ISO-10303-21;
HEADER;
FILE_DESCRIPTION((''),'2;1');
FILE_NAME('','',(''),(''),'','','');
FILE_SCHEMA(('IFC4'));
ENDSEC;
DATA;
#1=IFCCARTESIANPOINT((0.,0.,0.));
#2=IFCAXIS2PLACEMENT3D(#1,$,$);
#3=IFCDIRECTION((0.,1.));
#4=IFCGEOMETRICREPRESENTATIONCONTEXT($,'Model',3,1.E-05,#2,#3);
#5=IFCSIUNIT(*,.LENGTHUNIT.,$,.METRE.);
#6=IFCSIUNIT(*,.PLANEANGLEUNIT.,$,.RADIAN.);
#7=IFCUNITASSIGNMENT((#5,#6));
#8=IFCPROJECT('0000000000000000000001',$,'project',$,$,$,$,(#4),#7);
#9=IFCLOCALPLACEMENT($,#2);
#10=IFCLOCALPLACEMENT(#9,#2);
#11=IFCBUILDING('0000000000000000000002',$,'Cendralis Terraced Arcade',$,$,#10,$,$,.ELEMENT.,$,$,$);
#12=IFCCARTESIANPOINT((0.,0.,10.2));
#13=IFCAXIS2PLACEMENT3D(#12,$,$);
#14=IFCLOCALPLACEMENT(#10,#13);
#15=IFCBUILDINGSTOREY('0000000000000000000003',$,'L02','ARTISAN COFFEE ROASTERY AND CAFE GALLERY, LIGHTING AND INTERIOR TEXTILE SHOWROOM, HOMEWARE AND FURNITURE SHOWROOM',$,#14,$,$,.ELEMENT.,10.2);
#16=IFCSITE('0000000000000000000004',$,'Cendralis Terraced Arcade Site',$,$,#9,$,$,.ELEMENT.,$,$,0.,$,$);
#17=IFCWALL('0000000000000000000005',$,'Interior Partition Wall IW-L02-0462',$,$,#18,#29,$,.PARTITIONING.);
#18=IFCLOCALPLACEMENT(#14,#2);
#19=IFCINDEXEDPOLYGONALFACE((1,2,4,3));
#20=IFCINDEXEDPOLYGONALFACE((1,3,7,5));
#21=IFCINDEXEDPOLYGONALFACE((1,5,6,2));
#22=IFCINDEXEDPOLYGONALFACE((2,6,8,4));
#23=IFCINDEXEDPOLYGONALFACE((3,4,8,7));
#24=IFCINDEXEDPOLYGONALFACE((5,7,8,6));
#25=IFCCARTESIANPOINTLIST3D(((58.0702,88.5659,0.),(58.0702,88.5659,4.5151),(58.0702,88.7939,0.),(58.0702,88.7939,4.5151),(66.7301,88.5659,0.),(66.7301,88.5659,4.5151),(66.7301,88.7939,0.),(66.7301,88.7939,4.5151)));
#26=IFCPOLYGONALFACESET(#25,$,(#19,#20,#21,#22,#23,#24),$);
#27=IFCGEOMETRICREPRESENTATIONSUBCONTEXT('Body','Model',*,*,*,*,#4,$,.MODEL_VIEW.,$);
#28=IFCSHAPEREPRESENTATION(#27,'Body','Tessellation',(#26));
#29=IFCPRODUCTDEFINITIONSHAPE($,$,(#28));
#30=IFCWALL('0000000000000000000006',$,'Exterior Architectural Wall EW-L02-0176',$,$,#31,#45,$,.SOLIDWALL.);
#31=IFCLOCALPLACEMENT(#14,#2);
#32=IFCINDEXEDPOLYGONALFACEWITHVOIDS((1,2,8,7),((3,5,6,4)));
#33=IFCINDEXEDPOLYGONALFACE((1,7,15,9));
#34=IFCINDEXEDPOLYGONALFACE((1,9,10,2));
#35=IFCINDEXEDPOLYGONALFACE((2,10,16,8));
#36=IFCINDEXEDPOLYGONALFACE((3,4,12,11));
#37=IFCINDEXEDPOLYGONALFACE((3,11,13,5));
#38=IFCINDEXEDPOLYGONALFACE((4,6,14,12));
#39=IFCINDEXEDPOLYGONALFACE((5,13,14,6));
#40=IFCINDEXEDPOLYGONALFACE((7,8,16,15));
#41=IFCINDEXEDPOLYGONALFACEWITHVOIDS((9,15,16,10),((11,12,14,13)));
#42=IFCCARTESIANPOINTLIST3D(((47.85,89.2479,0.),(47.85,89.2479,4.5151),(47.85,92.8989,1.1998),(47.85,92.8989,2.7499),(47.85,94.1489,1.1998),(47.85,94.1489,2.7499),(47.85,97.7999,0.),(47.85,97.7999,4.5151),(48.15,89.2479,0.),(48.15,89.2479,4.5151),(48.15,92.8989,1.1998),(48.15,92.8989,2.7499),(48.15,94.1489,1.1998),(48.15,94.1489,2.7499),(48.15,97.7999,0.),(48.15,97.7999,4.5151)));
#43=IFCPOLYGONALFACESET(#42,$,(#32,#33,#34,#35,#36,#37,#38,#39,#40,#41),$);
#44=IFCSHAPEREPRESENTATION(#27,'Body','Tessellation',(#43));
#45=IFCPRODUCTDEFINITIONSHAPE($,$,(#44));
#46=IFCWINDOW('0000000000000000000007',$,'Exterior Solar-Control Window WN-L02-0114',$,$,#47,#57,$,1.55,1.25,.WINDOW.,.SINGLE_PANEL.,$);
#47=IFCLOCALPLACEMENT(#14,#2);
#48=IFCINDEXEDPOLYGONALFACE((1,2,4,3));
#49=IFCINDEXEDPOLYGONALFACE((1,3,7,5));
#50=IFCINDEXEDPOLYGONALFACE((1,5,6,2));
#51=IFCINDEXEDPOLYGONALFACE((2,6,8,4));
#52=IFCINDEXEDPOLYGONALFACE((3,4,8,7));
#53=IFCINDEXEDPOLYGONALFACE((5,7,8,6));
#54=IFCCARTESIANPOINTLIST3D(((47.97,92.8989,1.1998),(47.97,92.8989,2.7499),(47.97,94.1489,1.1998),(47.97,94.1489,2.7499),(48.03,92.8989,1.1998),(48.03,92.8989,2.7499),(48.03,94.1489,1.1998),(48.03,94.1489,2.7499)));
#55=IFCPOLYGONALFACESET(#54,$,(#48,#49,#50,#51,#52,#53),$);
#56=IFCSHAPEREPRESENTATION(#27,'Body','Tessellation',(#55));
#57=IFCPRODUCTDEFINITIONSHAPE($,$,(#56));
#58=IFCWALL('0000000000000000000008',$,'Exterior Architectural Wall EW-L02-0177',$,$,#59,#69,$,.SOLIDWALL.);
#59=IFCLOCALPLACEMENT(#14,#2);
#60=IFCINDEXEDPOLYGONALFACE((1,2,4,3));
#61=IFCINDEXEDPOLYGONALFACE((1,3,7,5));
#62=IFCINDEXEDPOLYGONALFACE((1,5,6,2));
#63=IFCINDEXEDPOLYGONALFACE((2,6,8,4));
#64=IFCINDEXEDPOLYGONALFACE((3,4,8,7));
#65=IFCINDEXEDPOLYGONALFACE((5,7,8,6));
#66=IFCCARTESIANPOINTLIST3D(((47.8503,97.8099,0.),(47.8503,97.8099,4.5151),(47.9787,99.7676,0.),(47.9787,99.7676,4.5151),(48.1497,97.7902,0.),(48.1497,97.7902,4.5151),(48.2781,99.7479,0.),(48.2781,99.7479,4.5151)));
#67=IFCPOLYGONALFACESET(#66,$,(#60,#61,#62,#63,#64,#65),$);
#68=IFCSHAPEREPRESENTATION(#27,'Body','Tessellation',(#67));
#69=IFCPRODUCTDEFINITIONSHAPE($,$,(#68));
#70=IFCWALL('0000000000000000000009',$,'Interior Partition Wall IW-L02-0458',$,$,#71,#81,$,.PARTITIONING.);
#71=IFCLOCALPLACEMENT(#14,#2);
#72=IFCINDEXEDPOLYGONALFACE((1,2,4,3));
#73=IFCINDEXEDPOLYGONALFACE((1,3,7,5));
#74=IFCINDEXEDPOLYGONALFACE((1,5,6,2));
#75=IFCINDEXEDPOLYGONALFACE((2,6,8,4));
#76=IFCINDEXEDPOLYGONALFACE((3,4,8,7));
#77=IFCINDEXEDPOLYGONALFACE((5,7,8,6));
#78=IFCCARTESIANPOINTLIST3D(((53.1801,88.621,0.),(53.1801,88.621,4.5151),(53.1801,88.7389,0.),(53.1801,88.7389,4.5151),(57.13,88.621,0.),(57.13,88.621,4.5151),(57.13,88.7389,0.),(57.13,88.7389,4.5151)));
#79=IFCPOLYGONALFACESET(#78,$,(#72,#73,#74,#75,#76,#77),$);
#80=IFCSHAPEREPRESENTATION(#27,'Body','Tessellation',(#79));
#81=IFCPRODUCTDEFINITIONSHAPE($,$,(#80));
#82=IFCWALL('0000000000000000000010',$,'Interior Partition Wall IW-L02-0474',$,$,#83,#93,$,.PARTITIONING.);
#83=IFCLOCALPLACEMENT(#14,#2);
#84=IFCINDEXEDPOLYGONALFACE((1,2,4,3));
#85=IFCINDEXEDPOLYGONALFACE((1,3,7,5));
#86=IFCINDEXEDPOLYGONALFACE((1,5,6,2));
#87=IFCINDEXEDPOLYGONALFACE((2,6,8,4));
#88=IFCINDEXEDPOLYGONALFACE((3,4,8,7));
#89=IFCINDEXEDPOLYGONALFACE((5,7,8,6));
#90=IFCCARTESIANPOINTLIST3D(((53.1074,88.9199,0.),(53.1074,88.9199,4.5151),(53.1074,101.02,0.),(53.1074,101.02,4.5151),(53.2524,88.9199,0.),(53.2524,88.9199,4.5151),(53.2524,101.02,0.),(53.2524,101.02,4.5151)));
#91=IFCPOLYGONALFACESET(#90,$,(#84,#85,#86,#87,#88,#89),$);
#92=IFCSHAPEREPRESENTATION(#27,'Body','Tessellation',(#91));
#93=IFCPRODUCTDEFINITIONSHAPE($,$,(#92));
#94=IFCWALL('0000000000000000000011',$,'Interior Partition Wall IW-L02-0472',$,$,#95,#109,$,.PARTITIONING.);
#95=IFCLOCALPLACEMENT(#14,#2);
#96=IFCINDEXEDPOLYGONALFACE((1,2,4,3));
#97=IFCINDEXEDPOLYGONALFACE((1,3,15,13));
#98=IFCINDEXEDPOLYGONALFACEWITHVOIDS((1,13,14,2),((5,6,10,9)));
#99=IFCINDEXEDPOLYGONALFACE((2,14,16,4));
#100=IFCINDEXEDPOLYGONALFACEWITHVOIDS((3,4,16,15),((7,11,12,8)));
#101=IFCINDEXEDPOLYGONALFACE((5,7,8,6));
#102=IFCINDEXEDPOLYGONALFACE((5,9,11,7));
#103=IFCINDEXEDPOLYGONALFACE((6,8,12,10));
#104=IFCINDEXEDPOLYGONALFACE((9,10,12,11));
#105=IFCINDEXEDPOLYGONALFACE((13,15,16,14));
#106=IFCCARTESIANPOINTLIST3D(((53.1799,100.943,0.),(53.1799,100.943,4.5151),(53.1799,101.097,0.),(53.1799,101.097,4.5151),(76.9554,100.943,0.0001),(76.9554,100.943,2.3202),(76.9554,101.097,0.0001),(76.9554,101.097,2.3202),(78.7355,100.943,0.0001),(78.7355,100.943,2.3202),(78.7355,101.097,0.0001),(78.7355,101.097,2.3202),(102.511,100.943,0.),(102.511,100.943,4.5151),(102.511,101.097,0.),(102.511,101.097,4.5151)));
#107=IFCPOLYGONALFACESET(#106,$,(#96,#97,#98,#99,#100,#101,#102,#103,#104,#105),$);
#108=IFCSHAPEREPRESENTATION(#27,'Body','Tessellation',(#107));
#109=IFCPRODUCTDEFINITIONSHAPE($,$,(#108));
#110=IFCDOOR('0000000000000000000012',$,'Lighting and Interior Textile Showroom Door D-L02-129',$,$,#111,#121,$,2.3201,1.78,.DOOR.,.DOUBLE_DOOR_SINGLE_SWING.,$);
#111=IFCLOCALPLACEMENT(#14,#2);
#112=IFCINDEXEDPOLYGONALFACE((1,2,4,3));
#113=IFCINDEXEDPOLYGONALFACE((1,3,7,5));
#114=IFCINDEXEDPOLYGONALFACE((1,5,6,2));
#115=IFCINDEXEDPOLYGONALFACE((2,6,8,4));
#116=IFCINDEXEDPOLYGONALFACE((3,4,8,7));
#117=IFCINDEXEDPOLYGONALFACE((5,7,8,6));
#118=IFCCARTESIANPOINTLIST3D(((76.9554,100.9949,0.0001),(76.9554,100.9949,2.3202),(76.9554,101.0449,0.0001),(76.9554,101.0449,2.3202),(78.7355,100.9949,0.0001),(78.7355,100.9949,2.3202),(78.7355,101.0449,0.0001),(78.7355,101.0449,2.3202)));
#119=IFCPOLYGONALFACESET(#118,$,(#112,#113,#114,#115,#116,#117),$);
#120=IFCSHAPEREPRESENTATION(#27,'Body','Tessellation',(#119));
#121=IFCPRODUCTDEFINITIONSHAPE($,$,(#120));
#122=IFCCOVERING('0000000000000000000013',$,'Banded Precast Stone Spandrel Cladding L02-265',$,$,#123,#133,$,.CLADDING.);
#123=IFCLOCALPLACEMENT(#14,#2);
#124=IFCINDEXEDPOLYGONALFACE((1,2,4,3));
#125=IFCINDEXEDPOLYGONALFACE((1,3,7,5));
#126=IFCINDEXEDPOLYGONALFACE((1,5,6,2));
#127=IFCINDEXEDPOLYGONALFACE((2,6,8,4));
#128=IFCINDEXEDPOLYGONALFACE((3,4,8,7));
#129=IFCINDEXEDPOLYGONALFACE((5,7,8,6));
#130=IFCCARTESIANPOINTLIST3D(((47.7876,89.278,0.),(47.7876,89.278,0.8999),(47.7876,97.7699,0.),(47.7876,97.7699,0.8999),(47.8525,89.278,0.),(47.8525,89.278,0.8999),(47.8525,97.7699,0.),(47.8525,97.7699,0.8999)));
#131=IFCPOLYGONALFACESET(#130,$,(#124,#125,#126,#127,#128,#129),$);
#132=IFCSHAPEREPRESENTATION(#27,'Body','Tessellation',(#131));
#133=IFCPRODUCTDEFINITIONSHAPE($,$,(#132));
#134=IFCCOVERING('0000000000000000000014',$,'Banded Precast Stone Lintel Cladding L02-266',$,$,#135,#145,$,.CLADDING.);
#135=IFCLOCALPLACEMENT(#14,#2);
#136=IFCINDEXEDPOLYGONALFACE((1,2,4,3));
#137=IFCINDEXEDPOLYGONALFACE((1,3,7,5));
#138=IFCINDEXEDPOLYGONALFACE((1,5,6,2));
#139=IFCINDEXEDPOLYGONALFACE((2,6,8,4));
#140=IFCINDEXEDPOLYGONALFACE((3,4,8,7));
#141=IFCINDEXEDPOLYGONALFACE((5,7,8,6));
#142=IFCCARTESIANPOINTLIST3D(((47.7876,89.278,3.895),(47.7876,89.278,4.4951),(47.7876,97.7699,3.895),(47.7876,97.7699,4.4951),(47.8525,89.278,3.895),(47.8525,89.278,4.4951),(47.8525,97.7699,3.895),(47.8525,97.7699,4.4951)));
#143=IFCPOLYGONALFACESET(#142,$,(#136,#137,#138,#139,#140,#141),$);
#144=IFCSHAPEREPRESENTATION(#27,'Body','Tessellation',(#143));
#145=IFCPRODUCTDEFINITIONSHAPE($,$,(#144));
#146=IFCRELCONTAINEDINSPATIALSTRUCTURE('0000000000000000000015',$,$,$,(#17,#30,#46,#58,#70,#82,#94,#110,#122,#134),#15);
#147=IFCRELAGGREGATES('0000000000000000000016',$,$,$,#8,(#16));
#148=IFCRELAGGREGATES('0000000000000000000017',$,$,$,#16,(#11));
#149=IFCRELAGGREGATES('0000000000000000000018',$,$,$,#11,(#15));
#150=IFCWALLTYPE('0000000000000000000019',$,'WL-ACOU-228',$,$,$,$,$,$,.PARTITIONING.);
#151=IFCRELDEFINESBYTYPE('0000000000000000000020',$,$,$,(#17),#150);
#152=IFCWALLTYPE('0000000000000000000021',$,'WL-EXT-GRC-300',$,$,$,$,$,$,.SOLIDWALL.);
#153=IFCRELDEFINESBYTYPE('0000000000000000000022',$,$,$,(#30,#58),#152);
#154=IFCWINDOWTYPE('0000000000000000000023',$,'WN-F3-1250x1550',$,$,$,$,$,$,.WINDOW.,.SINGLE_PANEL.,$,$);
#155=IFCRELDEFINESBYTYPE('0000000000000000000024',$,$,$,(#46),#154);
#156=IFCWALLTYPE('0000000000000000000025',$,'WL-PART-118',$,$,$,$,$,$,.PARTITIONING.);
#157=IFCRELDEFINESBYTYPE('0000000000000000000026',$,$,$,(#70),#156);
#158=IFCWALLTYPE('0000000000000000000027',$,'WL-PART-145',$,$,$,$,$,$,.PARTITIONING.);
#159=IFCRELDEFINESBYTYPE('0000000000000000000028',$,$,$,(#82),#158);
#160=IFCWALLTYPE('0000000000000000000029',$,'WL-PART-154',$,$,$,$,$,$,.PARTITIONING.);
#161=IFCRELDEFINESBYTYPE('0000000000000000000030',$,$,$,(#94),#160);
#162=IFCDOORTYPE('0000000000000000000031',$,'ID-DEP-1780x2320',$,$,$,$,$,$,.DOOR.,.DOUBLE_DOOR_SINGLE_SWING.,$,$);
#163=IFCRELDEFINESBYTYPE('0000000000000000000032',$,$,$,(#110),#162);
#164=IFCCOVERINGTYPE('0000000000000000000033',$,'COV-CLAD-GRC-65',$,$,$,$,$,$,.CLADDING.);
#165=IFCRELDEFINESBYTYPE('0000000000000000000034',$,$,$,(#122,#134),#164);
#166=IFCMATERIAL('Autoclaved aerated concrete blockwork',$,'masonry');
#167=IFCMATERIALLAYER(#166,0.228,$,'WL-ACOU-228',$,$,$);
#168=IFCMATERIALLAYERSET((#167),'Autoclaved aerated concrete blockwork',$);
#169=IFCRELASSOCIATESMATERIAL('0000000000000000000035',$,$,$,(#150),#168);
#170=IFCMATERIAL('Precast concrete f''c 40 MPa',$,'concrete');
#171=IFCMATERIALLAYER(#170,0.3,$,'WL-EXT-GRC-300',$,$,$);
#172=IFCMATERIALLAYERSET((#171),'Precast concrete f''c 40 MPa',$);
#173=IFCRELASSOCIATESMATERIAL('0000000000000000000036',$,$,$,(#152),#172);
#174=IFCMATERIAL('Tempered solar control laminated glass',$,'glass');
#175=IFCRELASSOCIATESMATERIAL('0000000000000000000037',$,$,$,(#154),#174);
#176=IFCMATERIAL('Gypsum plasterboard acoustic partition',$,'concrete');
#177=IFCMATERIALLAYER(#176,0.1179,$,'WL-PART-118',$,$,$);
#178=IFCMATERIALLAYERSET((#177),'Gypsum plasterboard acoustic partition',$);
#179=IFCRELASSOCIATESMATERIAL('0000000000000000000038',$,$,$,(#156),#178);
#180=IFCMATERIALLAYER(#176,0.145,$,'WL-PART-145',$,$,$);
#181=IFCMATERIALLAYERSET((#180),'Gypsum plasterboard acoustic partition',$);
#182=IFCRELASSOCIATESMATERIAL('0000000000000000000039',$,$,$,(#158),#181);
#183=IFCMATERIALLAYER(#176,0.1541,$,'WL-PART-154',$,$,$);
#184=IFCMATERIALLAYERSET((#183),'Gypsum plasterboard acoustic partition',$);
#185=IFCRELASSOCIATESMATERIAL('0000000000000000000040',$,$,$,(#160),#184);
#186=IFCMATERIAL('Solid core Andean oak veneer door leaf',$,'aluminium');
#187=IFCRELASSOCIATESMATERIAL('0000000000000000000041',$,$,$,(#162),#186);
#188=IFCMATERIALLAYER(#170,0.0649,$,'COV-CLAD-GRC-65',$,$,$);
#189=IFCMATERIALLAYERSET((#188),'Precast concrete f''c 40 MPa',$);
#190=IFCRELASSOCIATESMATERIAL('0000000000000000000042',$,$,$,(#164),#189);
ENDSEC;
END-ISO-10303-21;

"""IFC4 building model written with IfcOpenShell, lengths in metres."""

from ifc_helpers import new_model, si_unit, direction, frame, frame_2d, origin, origin_2d, place, context, subcontext, project, spatial, rectangle, extrude, material, layer, layer_set, type_object, element, fill, save


model = new_model("IFC4")

# Units and contexts
model_context = context("Model", 3, precision=1e-05, world=origin(), true_north=direction((0.0, 1.0)))
body_context = subcontext(model_context, "Body", "Model", "MODEL_VIEW")
ifc_project = project(units=[si_unit("LENGTHUNIT", "METRE"), si_unit("PLANEANGLEUNIT", "RADIAN")], contexts=[model_context])

# Site, building, storey
site_placement = place(None, origin())
site = spatial("IfcSite", under=ifc_project, at=site_placement, Name="Cendralis Terraced Arcade Site", CompositionType="ELEMENT", RefElevation=0.0)
building_placement = place(site_placement, origin())
building = spatial("IfcBuilding", under=site, at=building_placement, Name="Cendralis Terraced Arcade", CompositionType="ELEMENT")
storey_placement = place(building_placement, frame((0.0, 0.0, 10.2)))
storey = spatial("IfcBuildingStorey", under=building, at=storey_placement, Name="L02", Description="ARTISAN COFFEE ROASTERY AND CAFE GALLERY, LIGHTING AND INTERIOR TEXTILE SHOWROOM, HOMEWARE AND FURNITURE SHOWROOM", CompositionType="ELEMENT", Elevation=10.2)

# Shared definitions
ifc_material_1 = material(Name="Tempered solar control laminated glass", Category="glass")

# Shared definitions
ifc_material_2 = material(Name="Gypsum plasterboard acoustic partition", Category="concrete")
ifc_material_3 = material(Name="Solid core Andean oak veneer door leaf", Category="aluminium")

# Wall
ifc_material_4 = material(Name="Autoclaved aerated concrete blockwork", Category="masonry")
ifc_layer_1 = layer(ifc_material_4, 0.228, Name="WL-ACOU-228")
ifc_layer_set_1 = layer_set([ifc_layer_1], Name="Autoclaved aerated concrete blockwork")
wall_type_1 = type_object("IfcWallType", Name="WL-ACOU-228", PredefinedType="PARTITIONING", material=ifc_layer_set_1)
wall_1_placement = place(storey_placement, frame((58.0701, 88.6799, 0.0), z_axis=(0.0, 0.0, 1.0), x_axis=(1.0, 0.0, 0.0)))
element("IfcWall", 1, at=wall_1_placement, inside=storey, type_object=wall_type_1, Name="Interior Partition Wall IW-L02-0462", PredefinedType="PARTITIONING", context=body_context, shape_type="SweptSolid", body=[
    extrude(rectangle(XDim=8.6599, YDim=0.228, at=frame_2d((4.3301, 0.0))), origin(), (0.0, 0.0, 1.0), 4.5151),
])

# Wall, opening, window
ifc_material_5 = material(Name="Precast concrete f'c 40 MPa", Category="concrete")
ifc_layer_2 = layer(ifc_material_5, 0.3, Name="WL-EXT-GRC-300")
ifc_layer_set_2 = layer_set([ifc_layer_2], Name="Precast concrete f'c 40 MPa")
wall_type_2 = type_object("IfcWallType", Name="WL-EXT-GRC-300", PredefinedType="SOLIDWALL", material=ifc_layer_set_2)
wall_2_placement = place(storey_placement, frame((48.0, 89.248, 0.0), z_axis=(0.0, 0.0, 1.0), x_axis=(0.0, 1.0, 0.0)))
wall_2 = element("IfcWall", 2, at=wall_2_placement, inside=storey, type_object=wall_type_2, Name="Exterior Architectural Wall EW-L02-0176", PredefinedType="SOLIDWALL", context=body_context, shape_type="SweptSolid", body=[
    extrude(rectangle(XDim=8.552, YDim=0.3, at=frame_2d((4.2759, 0.0))), origin(), (0.0, 0.0, 1.0), 4.5151),
])
opening_1_placement = place(wall_2_placement, frame((3.6509, 0.0, 1.2)))
opening_1 = element("IfcOpeningElement", 3, at=opening_1_placement, cuts=wall_2, PredefinedType="OPENING", context=body_context, shape_type="SweptSolid", body=[
    extrude(rectangle(XDim=1.25, YDim=1.55, at=frame_2d((0.625, 0.7749))), frame((0.0, 0.1621, 0.0), z_axis=(0.0, -1.0, 0.0), x_axis=(1.0, 0.0, 0.0)), (0.0, 0.0, 1.0), 0.324),
])
window_type = type_object("IfcWindowType", Name="WN-F3-1250x1550", PartitioningType="SINGLE_PANEL", PredefinedType="WINDOW", material=ifc_material_1)
window_placement = place(opening_1_placement, origin())
window = element("IfcWindow", 4, at=window_placement, inside=storey, type_object=window_type, Name="Exterior Solar-Control Window WN-L02-0114", OverallHeight=1.55, OverallWidth=1.25, PartitioningType="SINGLE_PANEL", PredefinedType="WINDOW", context=body_context, shape_type="SweptSolid", body=[
    extrude(rectangle(XDim=1.25, YDim=1.55, at=frame_2d((0.625, 0.7749))), frame((0.0, 0.03, 0.0), z_axis=(0.0, -1.0, 0.0), x_axis=(1.0, 0.0, 0.0)), (0.0, 0.0, 1.0), 0.0601),
])
fill(opening_1, window)

# Walls
wall_3_placement = place(storey_placement, frame((48.0, 97.8, 0.0), z_axis=(0.0, 0.0, 1.0), x_axis=(0.065454, 0.997856, 0.0)))
element("IfcWall", 5, at=wall_3_placement, inside=storey, type_object=wall_type_2, Name="Exterior Architectural Wall EW-L02-0177", PredefinedType="SOLIDWALL", context=body_context, shape_type="SweptSolid", body=[
    extrude(rectangle(XDim=1.9619, YDim=0.3, at=frame_2d((0.981, 0.0))), origin(), (0.0, 0.0, 1.0), 4.5151),
])
ifc_layer_3 = layer(ifc_material_2, 0.1179, Name="WL-PART-118")
ifc_layer_set_3 = layer_set([ifc_layer_3], Name="Gypsum plasterboard acoustic partition")
wall_type_3 = type_object("IfcWallType", Name="WL-PART-118", PredefinedType="PARTITIONING", material=ifc_layer_set_3)
wall_4_placement = place(storey_placement, frame((53.1799, 88.6799, 0.0), z_axis=(0.0, 0.0, 1.0), x_axis=(1.0, 0.0, 0.0)))
element("IfcWall", 6, at=wall_4_placement, inside=storey, type_object=wall_type_3, Name="Interior Partition Wall IW-L02-0458", PredefinedType="PARTITIONING", context=body_context, shape_type="SweptSolid", body=[
    extrude(rectangle(XDim=3.95, YDim=0.1179, at=frame_2d((1.9751, 0.0))), origin(), (0.0, 0.0, 1.0), 4.5151),
])
ifc_layer_4 = layer(ifc_material_2, 0.145, Name="WL-PART-145")
ifc_layer_set_4 = layer_set([ifc_layer_4], Name="Gypsum plasterboard acoustic partition")
wall_type_4 = type_object("IfcWallType", Name="WL-PART-145", PredefinedType="PARTITIONING", material=ifc_layer_set_4)
wall_5_placement = place(storey_placement, frame((53.1799, 88.9199, 0.0), z_axis=(0.0, 0.0, 1.0), x_axis=(0.0, 1.0, 0.0)))
element("IfcWall", 7, at=wall_5_placement, inside=storey, type_object=wall_type_4, Name="Interior Partition Wall IW-L02-0474", PredefinedType="PARTITIONING", context=body_context, shape_type="SweptSolid", body=[
    extrude(rectangle(XDim=12.1001, YDim=0.145, at=frame_2d((6.05, 0.0))), origin(), (0.0, 0.0, 1.0), 4.5151),
])

# Wall, opening, door
ifc_layer_5 = layer(ifc_material_2, 0.1541, Name="WL-PART-154")
ifc_layer_set_5 = layer_set([ifc_layer_5], Name="Gypsum plasterboard acoustic partition")
wall_type_5 = type_object("IfcWallType", Name="WL-PART-154", PredefinedType="PARTITIONING", material=ifc_layer_set_5)
wall_6_placement = place(storey_placement, frame((53.1799, 101.02, 0.0), z_axis=(0.0, 0.0, 1.0), x_axis=(1.0, 0.0, 0.0)))
wall_6 = element("IfcWall", 8, at=wall_6_placement, inside=storey, type_object=wall_type_5, Name="Interior Partition Wall IW-L02-0472", PredefinedType="PARTITIONING", context=body_context, shape_type="SweptSolid", body=[
    extrude(rectangle(XDim=49.3311, YDim=0.1541, at=frame_2d((24.6655, 0.0))), origin(), (0.0, 0.0, 1.0), 4.5151),
])
opening_2_placement = place(wall_6_placement, frame((23.7754, 0.0, 0.0)))
opening_2 = element("IfcOpeningElement", 9, at=opening_2_placement, cuts=wall_6, PredefinedType="OPENING", context=body_context, shape_type="SweptSolid", body=[
    extrude(rectangle(XDim=1.78, YDim=2.3201, at=frame_2d((0.8901, 1.1602))), frame((0.0, 0.0889, 0.0), z_axis=(0.0, -1.0, 0.0), x_axis=(1.0, 0.0, 0.0)), (0.0, 0.0, 1.0), 0.178),
])
door_type_1 = type_object("IfcDoorType", Name="ID-DEP-1780x2320", OperationType="DOUBLE_DOOR_SINGLE_SWING", PredefinedType="DOOR", material=ifc_material_3)
door_1_placement = place(opening_2_placement, origin())
door_1 = element("IfcDoor", 10, at=door_1_placement, inside=storey, type_object=door_type_1, Name="Lighting and Interior Textile Showroom Door D-L02-129", OperationType="DOUBLE_DOOR_SINGLE_SWING", OverallHeight=2.3201, OverallWidth=1.78, PredefinedType="DOOR", context=body_context, shape_type="SweptSolid", body=[
    extrude(rectangle(XDim=1.78, YDim=2.3201, at=frame_2d((0.8901, 1.1602))), frame((0.0, 0.0249, 0.0), z_axis=(0.0, -1.0, 0.0), x_axis=(1.0, 0.0, 0.0)), (0.0, 0.0, 1.0), 0.05),
])
fill(opening_2, door_1)

# Coverings
ifc_layer_6 = layer(ifc_material_5, 0.0649, Name="COV-CLAD-GRC-65")
ifc_layer_set_6 = layer_set([ifc_layer_6], Name="Precast concrete f'c 40 MPa")
covering_type = type_object("IfcCoveringType", Name="COV-CLAD-GRC-65", PredefinedType="CLADDING", material=ifc_layer_set_6)
covering_1_placement = place(storey_placement, frame((47.8201, 93.5239, 0.0), z_axis=(0.0, 0.0, 1.0), x_axis=(0.0, 1.0, 0.0)))
element("IfcCovering", 11, at=covering_1_placement, inside=storey, type_object=covering_type, Name="Banded Precast Stone Spandrel Cladding L02-265", PredefinedType="CLADDING", context=body_context, shape_type="SweptSolid", body=[
    extrude(rectangle(XDim=8.4919, YDim=0.0649, at=origin_2d()), origin(), (0.0, 0.0, 1.0), 0.8999),
])
covering_2_placement = place(storey_placement, frame((47.8201, 93.5239, 3.895), z_axis=(0.0, 0.0, 1.0), x_axis=(0.0, 1.0, 0.0)))
element("IfcCovering", 12, at=covering_2_placement, inside=storey, type_object=covering_type, Name="Banded Precast Stone Lintel Cladding L02-266", PredefinedType="CLADDING", context=body_context, shape_type="SweptSolid", body=[
    extrude(rectangle(XDim=8.4919, YDim=0.0649, at=origin_2d()), origin(), (0.0, 0.0, 1.0), 0.6001),
])

save(model, "model.ifc")
